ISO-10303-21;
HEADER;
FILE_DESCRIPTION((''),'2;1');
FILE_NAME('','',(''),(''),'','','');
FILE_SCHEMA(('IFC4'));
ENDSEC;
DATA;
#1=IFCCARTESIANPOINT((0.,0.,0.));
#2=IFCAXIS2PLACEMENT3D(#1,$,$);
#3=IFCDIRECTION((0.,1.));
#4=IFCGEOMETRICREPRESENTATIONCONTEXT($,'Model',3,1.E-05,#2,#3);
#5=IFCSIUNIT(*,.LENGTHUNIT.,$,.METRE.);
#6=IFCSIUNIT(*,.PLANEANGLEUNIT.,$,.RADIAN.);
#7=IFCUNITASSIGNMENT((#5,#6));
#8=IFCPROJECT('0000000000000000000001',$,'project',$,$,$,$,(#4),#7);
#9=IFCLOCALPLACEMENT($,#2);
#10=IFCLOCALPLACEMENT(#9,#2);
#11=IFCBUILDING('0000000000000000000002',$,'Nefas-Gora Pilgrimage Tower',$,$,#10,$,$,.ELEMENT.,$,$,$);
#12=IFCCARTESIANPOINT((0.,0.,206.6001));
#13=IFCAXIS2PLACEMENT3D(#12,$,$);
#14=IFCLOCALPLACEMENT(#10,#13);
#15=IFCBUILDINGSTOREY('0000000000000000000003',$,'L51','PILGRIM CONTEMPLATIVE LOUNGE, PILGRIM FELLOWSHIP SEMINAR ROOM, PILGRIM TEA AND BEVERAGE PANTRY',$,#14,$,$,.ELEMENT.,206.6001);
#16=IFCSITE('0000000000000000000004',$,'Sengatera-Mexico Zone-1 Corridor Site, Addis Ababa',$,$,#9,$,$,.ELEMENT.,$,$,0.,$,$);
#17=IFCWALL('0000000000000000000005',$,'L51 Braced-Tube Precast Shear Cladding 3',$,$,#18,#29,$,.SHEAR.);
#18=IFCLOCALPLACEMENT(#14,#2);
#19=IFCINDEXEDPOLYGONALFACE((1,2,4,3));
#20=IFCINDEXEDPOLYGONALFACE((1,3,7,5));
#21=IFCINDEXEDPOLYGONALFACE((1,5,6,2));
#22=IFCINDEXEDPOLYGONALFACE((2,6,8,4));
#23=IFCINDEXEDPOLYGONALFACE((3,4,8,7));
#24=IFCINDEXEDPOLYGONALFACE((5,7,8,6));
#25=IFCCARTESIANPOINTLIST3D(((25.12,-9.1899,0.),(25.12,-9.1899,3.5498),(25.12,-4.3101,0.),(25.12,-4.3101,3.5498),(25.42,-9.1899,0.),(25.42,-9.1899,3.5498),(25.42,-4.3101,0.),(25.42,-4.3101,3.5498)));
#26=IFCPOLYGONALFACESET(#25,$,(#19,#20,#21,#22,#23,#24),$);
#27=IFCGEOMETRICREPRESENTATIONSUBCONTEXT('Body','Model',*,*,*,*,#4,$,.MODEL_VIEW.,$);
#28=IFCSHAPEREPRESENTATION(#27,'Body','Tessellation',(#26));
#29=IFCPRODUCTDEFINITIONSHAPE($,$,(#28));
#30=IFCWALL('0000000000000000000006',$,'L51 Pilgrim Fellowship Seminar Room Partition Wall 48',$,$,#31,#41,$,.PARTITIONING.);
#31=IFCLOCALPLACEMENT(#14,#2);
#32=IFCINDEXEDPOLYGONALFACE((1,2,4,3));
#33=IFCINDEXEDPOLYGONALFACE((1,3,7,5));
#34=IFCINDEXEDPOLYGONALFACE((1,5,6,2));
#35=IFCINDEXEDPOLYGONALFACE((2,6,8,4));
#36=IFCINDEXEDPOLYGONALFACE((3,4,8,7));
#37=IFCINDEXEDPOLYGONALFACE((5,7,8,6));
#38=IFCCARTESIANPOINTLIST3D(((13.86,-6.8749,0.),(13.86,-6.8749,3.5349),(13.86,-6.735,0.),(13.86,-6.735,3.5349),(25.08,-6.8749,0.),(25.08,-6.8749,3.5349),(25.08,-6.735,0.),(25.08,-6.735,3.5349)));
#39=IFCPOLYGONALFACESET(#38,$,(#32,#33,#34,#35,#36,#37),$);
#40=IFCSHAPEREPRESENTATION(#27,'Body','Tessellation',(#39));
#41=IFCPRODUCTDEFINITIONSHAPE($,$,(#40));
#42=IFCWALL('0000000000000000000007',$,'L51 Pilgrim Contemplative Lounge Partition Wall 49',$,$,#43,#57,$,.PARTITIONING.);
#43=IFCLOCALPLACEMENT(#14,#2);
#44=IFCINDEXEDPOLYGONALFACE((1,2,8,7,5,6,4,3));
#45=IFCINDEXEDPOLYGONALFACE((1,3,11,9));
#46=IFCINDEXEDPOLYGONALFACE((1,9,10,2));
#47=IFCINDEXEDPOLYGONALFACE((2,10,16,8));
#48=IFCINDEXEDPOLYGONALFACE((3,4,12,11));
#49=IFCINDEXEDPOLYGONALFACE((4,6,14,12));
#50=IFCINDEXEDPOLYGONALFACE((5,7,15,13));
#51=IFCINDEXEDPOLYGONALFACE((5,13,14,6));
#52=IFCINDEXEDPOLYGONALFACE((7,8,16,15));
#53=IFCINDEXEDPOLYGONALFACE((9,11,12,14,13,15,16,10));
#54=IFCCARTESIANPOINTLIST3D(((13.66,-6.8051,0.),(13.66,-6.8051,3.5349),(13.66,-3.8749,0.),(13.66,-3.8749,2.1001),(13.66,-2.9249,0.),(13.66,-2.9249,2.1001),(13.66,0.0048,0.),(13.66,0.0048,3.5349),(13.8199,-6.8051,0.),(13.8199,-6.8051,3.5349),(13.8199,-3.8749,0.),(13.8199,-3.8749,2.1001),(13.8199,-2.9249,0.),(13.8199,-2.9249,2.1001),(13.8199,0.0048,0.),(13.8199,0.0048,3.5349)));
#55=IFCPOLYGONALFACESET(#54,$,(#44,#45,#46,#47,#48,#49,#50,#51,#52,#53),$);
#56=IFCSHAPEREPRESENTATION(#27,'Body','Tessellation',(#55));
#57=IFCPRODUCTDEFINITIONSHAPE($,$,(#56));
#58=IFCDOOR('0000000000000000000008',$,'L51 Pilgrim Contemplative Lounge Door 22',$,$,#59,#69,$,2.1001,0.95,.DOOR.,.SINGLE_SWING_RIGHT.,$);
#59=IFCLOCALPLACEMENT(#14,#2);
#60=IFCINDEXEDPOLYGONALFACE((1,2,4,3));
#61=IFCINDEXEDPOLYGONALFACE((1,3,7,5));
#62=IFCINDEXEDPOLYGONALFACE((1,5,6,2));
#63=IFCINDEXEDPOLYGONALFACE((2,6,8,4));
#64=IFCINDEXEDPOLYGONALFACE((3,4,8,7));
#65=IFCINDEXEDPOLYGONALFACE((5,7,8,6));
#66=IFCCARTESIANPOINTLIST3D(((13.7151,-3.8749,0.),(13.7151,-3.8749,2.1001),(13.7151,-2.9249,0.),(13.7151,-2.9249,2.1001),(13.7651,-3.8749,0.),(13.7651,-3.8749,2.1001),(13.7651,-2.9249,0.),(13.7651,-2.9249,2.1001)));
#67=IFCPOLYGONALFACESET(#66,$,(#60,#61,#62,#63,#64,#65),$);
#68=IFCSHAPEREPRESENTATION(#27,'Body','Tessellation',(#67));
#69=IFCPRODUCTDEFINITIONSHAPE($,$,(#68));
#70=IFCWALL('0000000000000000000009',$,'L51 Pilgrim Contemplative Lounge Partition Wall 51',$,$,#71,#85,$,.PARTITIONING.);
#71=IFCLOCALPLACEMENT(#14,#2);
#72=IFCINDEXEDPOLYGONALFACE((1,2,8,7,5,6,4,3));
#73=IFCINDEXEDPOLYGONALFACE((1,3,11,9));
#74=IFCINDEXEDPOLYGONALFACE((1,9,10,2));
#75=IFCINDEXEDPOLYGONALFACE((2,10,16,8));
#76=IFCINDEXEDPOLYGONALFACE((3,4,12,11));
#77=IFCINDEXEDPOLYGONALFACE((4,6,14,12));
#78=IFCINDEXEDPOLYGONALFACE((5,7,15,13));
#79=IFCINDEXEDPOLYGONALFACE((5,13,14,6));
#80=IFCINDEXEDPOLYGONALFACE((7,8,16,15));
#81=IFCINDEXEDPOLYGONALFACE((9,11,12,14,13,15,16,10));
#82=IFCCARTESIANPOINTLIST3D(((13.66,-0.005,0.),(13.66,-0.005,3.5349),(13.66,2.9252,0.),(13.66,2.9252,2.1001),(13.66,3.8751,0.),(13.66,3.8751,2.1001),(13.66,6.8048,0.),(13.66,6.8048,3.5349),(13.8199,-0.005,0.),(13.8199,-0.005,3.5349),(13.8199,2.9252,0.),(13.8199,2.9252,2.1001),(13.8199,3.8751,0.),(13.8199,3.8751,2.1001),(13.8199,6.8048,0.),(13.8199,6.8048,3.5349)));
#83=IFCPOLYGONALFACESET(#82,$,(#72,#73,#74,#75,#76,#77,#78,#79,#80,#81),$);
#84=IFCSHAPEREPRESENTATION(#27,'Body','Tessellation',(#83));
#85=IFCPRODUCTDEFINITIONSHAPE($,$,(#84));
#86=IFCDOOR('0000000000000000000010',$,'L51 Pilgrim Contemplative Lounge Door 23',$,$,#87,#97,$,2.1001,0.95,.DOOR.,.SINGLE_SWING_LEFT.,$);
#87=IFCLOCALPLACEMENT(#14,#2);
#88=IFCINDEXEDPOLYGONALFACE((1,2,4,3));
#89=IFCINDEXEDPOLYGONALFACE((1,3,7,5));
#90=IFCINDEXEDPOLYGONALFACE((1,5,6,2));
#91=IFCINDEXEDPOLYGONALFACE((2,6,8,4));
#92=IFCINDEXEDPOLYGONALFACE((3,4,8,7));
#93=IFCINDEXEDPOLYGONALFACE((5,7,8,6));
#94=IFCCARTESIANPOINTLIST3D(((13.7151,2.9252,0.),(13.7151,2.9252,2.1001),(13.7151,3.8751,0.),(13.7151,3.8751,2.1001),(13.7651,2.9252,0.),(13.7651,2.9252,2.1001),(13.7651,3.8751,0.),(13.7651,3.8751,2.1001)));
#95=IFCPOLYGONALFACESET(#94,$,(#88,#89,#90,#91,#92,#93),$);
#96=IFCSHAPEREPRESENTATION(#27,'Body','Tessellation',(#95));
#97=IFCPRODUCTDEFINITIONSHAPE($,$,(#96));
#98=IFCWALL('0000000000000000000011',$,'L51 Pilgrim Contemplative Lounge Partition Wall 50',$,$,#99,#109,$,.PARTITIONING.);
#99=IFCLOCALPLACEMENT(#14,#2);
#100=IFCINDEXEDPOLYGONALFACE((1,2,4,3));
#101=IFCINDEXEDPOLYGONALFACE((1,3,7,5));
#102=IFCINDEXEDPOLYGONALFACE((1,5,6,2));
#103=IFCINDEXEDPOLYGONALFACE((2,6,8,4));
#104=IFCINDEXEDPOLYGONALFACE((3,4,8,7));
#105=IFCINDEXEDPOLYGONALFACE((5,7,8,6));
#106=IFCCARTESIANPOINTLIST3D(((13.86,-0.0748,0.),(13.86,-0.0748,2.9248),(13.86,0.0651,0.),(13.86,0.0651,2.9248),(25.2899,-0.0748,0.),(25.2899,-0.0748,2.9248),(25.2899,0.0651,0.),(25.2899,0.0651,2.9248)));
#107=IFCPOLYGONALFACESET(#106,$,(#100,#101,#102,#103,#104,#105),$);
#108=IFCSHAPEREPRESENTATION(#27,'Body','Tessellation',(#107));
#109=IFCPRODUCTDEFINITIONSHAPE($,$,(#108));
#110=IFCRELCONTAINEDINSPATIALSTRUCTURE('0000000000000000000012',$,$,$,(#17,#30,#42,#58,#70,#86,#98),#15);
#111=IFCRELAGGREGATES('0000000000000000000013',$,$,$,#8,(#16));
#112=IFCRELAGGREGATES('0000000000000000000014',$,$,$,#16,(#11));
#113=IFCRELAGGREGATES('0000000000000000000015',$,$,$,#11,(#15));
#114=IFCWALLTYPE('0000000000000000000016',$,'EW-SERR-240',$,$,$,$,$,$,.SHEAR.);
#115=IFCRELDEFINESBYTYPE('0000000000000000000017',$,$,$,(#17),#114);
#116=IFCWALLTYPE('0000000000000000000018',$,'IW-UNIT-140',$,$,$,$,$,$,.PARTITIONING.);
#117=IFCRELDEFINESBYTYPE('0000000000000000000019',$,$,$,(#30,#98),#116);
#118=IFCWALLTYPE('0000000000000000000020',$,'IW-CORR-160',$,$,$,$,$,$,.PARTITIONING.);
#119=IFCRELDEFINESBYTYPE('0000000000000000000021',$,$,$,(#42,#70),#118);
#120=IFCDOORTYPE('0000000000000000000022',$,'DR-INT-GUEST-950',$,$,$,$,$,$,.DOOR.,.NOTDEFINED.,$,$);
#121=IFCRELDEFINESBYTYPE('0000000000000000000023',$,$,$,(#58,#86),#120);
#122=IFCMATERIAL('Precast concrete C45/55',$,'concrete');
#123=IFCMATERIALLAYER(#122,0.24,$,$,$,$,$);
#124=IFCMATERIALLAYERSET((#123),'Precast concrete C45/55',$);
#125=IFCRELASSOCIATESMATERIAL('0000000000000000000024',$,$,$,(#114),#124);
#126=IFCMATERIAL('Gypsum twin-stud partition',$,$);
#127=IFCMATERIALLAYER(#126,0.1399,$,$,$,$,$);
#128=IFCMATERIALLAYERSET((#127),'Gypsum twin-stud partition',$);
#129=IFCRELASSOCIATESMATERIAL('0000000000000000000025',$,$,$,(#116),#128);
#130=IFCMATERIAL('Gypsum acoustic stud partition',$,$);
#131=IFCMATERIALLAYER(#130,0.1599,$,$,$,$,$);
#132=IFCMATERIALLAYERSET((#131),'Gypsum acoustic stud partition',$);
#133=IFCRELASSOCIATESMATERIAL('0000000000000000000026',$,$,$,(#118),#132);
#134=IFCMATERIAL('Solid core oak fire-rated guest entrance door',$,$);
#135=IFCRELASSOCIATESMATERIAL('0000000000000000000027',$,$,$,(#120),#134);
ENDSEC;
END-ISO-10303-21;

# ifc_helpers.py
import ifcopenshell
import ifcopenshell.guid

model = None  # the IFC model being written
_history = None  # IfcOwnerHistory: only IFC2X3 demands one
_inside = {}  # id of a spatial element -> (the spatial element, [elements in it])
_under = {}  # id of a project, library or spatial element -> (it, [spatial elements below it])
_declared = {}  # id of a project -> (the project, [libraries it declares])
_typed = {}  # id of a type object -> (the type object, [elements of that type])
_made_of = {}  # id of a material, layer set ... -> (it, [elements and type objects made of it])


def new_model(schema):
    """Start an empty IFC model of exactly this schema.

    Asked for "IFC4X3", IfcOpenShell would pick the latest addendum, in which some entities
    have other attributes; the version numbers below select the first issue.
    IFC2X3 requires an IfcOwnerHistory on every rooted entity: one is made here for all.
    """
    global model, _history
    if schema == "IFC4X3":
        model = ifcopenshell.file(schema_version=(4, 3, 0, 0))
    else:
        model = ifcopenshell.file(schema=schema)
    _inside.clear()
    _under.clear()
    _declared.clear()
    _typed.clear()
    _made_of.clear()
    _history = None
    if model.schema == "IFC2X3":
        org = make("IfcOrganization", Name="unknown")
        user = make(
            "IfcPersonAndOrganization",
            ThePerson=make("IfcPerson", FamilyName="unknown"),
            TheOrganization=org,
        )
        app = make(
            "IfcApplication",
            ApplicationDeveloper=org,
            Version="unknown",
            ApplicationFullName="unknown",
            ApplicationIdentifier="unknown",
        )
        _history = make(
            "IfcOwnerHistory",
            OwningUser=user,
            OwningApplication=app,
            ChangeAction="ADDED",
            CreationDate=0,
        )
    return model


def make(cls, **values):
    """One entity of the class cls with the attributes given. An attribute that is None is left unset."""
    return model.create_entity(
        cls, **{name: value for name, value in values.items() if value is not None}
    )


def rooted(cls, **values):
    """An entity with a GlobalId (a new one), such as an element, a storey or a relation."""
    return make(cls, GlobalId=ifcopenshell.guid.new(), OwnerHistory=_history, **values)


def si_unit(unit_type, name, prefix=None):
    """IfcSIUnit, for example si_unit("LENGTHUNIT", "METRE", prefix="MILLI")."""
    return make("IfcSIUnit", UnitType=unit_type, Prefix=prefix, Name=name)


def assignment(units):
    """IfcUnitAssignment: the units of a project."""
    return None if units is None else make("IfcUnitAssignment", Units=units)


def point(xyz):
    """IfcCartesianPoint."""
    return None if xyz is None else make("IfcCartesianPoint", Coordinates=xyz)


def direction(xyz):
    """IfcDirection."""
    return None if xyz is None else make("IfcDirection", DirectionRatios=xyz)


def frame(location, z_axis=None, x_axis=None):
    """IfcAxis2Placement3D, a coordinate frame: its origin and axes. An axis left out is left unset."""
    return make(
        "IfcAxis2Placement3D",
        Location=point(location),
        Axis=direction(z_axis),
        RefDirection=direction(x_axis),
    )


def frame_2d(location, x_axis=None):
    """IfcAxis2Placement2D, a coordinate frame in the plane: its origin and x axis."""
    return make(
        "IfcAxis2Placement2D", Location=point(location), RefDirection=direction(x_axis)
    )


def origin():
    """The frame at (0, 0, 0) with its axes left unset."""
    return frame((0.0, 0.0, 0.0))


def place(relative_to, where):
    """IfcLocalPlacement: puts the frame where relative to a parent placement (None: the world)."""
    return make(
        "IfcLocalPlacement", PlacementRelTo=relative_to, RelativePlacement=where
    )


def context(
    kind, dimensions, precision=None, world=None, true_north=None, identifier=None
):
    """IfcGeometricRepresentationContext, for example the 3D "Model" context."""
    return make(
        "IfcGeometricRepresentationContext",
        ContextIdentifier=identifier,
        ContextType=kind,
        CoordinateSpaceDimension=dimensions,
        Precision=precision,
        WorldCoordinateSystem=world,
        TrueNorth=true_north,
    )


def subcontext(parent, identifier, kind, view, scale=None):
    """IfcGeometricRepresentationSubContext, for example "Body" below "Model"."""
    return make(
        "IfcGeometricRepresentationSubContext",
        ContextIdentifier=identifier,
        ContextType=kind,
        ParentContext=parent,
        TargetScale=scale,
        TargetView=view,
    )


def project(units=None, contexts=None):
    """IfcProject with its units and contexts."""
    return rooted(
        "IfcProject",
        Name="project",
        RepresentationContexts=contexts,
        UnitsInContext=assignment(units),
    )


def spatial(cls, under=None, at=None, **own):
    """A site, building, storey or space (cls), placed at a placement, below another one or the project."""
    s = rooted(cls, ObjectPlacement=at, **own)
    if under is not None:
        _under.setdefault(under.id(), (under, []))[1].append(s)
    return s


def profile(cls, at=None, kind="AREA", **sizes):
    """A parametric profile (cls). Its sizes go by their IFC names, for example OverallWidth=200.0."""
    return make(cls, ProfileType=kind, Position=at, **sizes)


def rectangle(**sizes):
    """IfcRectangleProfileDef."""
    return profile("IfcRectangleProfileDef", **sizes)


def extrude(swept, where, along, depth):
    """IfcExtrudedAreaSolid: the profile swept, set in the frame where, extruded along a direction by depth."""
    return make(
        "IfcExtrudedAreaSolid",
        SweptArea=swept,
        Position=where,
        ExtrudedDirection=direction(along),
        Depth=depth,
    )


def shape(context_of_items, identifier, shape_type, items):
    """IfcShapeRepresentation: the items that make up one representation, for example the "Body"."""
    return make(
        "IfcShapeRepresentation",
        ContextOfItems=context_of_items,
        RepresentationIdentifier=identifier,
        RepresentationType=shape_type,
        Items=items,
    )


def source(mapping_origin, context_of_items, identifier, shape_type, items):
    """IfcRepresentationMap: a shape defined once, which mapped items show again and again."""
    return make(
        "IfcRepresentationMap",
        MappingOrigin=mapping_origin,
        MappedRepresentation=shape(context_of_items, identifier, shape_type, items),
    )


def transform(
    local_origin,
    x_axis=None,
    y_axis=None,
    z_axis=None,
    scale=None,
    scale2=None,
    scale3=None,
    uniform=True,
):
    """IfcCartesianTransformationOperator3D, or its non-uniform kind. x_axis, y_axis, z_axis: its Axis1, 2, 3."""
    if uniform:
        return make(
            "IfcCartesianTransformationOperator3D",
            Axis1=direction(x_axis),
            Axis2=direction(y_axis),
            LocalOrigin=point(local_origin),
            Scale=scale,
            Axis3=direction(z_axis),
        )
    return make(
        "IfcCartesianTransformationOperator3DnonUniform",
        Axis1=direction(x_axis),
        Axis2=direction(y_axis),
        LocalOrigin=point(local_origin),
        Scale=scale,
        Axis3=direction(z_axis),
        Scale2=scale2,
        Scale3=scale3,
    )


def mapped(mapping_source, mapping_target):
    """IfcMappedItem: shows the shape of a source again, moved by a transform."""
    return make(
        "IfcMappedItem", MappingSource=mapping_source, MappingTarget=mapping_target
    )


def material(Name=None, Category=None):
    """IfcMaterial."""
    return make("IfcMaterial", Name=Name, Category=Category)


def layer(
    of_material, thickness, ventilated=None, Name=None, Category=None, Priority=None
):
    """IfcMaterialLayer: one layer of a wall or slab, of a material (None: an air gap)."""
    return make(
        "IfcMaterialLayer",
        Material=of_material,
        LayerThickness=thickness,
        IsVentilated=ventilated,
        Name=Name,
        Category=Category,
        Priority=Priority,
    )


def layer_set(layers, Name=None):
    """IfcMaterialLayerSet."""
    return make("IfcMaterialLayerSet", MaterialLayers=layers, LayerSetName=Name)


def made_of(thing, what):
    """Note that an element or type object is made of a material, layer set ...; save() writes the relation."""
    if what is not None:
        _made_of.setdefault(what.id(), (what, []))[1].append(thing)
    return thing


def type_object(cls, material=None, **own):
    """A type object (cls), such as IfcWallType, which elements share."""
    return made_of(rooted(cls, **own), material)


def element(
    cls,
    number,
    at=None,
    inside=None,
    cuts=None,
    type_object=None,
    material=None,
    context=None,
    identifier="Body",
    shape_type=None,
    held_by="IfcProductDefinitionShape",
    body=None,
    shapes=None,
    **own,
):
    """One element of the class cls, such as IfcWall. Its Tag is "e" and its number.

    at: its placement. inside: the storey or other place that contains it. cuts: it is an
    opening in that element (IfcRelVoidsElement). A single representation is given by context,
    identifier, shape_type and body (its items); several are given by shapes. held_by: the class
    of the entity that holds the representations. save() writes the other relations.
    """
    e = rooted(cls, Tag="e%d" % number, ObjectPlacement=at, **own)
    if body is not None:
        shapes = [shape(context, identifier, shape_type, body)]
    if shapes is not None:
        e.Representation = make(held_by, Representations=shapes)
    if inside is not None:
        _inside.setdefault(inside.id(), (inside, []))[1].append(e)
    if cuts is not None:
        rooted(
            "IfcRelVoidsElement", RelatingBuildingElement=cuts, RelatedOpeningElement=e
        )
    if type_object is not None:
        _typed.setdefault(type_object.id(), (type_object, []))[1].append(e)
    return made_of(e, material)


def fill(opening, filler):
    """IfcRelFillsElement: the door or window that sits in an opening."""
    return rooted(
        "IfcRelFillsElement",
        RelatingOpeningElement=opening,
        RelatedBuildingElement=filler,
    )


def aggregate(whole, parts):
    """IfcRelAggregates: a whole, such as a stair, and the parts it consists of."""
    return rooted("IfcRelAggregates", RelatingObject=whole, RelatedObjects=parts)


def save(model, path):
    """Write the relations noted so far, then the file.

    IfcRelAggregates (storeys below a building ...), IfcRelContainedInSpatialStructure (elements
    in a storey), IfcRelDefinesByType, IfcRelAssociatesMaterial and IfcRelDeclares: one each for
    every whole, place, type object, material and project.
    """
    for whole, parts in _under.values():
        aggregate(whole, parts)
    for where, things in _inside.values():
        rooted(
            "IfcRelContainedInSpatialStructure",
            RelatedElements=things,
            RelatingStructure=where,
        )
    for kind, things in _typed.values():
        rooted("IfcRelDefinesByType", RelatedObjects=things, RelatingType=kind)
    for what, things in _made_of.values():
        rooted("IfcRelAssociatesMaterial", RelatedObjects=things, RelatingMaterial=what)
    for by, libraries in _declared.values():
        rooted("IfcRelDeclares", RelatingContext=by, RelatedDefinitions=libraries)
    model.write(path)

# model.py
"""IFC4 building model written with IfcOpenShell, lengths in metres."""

from ifc_helpers import new_model, si_unit, direction, frame, frame_2d, origin, place, context, subcontext, project, spatial, rectangle, extrude, source, transform, mapped, material, layer, layer_set, type_object, element, fill, save


model = new_model("IFC4")

# Units and contexts
model_context = context("Model", 3, precision=1e-05, world=origin(), true_north=direction((0.0, 1.0)))
body_context = subcontext(model_context, "Body", "Model", "MODEL_VIEW")
ifc_project = project(units=[si_unit("LENGTHUNIT", "METRE"), si_unit("PLANEANGLEUNIT", "RADIAN")], contexts=[model_context])

# Site, building, storey
site_placement = place(None, origin())
site = spatial("IfcSite", under=ifc_project, at=site_placement, Name="Sengatera-Mexico Zone-1 Corridor Site, Addis Ababa", CompositionType="ELEMENT", RefElevation=0.0)
building_placement = place(site_placement, origin())
building = spatial("IfcBuilding", under=site, at=building_placement, Name="Nefas-Gora Pilgrimage Tower", CompositionType="ELEMENT")
storey_placement = place(building_placement, frame((0.0, 0.0, 206.6001)))
storey = spatial("IfcBuildingStorey", under=building, at=storey_placement, Name="L51", Description="PILGRIM CONTEMPLATIVE LOUNGE, PILGRIM FELLOWSHIP SEMINAR ROOM, PILGRIM TEA AND BEVERAGE PANTRY", CompositionType="ELEMENT", Elevation=206.6001)

# Walls
ifc_material_1 = material(Name="Precast concrete C45/55", Category="concrete")
ifc_layer_1 = layer(ifc_material_1, 0.24)
ifc_layer_set_1 = layer_set([ifc_layer_1], Name="Precast concrete C45/55")
wall_type_1 = type_object("IfcWallType", Name="EW-SERR-240", PredefinedType="SHEAR", material=ifc_layer_set_1)
shared_shape_1 = source(origin(), body_context, "Body", "SweptSolid", [
    extrude(rectangle(XDim=4.8799, YDim=0.3, at=frame_2d((2.4399, 0.0))), origin(), (0.0, 0.0, 1.0), 3.5498),
])
wall_1_placement = place(storey_placement, frame((25.27, -9.1899, 0.0), z_axis=(0.0, 0.0, 1.0), x_axis=(0.0, 1.0, 0.0)))
element("IfcWall", 1, at=wall_1_placement, inside=storey, type_object=wall_type_1, Name="L51 Braced-Tube Precast Shear Cladding 3", PredefinedType="SHEAR", context=body_context, shape_type="MappedRepresentation", body=[
    mapped(shared_shape_1, transform((0.0, 0.0, 0.0), x_axis=(1.0, 0.0, 0.0), y_axis=(0.0, 1.0, 0.0), z_axis=(0.0, 0.0, 1.0), scale=1.0)),
])
ifc_material_2 = material(Name="Gypsum twin-stud partition")
ifc_layer_2 = layer(ifc_material_2, 0.1399)
ifc_layer_set_2 = layer_set([ifc_layer_2], Name="Gypsum twin-stud partition")
wall_type_2 = type_object("IfcWallType", Name="IW-UNIT-140", PredefinedType="PARTITIONING", material=ifc_layer_set_2)
shared_shape_2 = source(origin(), body_context, "Body", "SweptSolid", [
    extrude(rectangle(XDim=11.22, YDim=0.1399, at=frame_2d((5.6099, 0.0))), origin(), (0.0, 0.0, 1.0), 3.5349),
])
wall_2_placement = place(storey_placement, frame((13.8601, -6.8049, 0.0), z_axis=(0.0, 0.0, 1.0), x_axis=(1.0, 0.0, 0.0)))
element("IfcWall", 2, at=wall_2_placement, inside=storey, type_object=wall_type_2, Name="L51 Pilgrim Fellowship Seminar Room Partition Wall 48", PredefinedType="PARTITIONING", context=body_context, shape_type="MappedRepresentation", body=[
    mapped(shared_shape_2, transform((0.0, 0.0, 0.0), x_axis=(1.0, 0.0, 0.0), y_axis=(0.0, 1.0, 0.0), z_axis=(0.0, 0.0, 1.0), scale=1.0)),
])

# Walls, openings, doors
ifc_material_3 = material(Name="Gypsum acoustic stud partition")
ifc_layer_3 = layer(ifc_material_3, 0.1599)
ifc_layer_set_3 = layer_set([ifc_layer_3], Name="Gypsum acoustic stud partition")
wall_type_3 = type_object("IfcWallType", Name="IW-CORR-160", PredefinedType="PARTITIONING", material=ifc_layer_set_3)
shared_shape_3 = source(origin(), body_context, "Body", "SweptSolid", [
    extrude(rectangle(XDim=6.8098, YDim=0.1599, at=frame_2d((3.4048, 0.0))), origin(), (0.0, 0.0, 1.0), 3.5349),
])
wall_3_placement = place(storey_placement, frame((13.74, -6.8049, 0.0), z_axis=(0.0, 0.0, 1.0), x_axis=(0.0, 1.0, 0.0)))
wall_3 = element("IfcWall", 3, at=wall_3_placement, inside=storey, type_object=wall_type_3, Name="L51 Pilgrim Contemplative Lounge Partition Wall 49", PredefinedType="PARTITIONING", context=body_context, shape_type="MappedRepresentation", body=[
    mapped(shared_shape_3, transform((0.0, 0.0, 0.0), x_axis=(1.0, 0.0, 0.0), y_axis=(0.0, 1.0, 0.0), z_axis=(0.0, 0.0, 1.0), scale=1.0)),
])
opening_1_placement = place(wall_3_placement, frame((2.9299, 0.0, 0.0)))
opening_1 = element("IfcOpeningElement", 4, at=opening_1_placement, cuts=wall_3, PredefinedType="OPENING", context=body_context, shape_type="SweptSolid", body=[
    extrude(rectangle(XDim=0.95, YDim=2.1001, at=frame_2d((0.4751, 1.05))), frame((0.0, 0.0898, 0.0), z_axis=(0.0, -1.0, 0.0), x_axis=(1.0, 0.0, 0.0)), (0.0, 0.0, 1.0), 0.1799),
])
ifc_material_4 = material(Name="Solid core oak fire-rated guest entrance door")
door_type_1 = type_object("IfcDoorType", Name="DR-INT-GUEST-950", OperationType="NOTDEFINED", PredefinedType="DOOR", material=ifc_material_4)
shared_shape_4 = source(origin(), body_context, "Body", "SweptSolid", [
    extrude(rectangle(XDim=0.95, YDim=2.1001, at=frame_2d((0.4751, 1.05))), frame((0.0, 0.0249, 0.0), z_axis=(0.0, -1.0, 0.0), x_axis=(1.0, 0.0, 0.0)), (0.0, 0.0, 1.0), 0.05),
])
door_1_placement = place(opening_1_placement, origin())
door_1 = element("IfcDoor", 5, at=door_1_placement, inside=storey, type_object=door_type_1, Name="L51 Pilgrim Contemplative Lounge Door 22", OperationType="SINGLE_SWING_RIGHT", OverallHeight=2.1001, OverallWidth=0.95, PredefinedType="DOOR", context=body_context, shape_type="MappedRepresentation", body=[
    mapped(shared_shape_4, transform((0.0, 0.0, 0.0), x_axis=(1.0, 0.0, 0.0), y_axis=(0.0, 1.0, 0.0), z_axis=(0.0, 0.0, 1.0), scale=1.0)),
])
fill(opening_1, door_1)
wall_4_placement = place(storey_placement, frame((13.74, -0.0049, 0.0), z_axis=(0.0, 0.0, 1.0), x_axis=(0.0, 1.0, 0.0)))
wall_4 = element("IfcWall", 6, at=wall_4_placement, inside=storey, type_object=wall_type_3, Name="L51 Pilgrim Contemplative Lounge Partition Wall 51", PredefinedType="PARTITIONING", context=body_context, shape_type="MappedRepresentation", body=[
    mapped(shared_shape_3, transform((0.0, 0.0, 0.0), x_axis=(1.0, 0.0, 0.0), y_axis=(0.0, 1.0, 0.0), z_axis=(0.0, 0.0, 1.0), scale=1.0)),
])
opening_2_placement = place(wall_4_placement, frame((2.9299, 0.0, 0.0)))
opening_2 = element("IfcOpeningElement", 7, at=opening_2_placement, cuts=wall_4, PredefinedType="OPENING", context=body_context, shape_type="SweptSolid", body=[
    extrude(rectangle(XDim=0.95, YDim=2.1001, at=frame_2d((0.4751, 1.05))), frame((0.0, 0.0898, 0.0), z_axis=(0.0, -1.0, 0.0), x_axis=(1.0, 0.0, 0.0)), (0.0, 0.0, 1.0), 0.1799),
])
door_2_placement = place(opening_2_placement, origin())
door_2 = element("IfcDoor", 8, at=door_2_placement, inside=storey, type_object=door_type_1, Name="L51 Pilgrim Contemplative Lounge Door 23", OperationType="SINGLE_SWING_LEFT", OverallHeight=2.1001, OverallWidth=0.95, PredefinedType="DOOR", context=body_context, shape_type="MappedRepresentation", body=[
    mapped(shared_shape_4, transform((0.0, 0.0, 0.0), x_axis=(1.0, 0.0, 0.0), y_axis=(0.0, 1.0, 0.0), z_axis=(0.0, 0.0, 1.0), scale=1.0)),
])
fill(opening_2, door_2)

# Wall
shared_shape_5 = source(origin(), body_context, "Body", "SweptSolid", [
    extrude(rectangle(XDim=11.4299, YDim=0.1399, at=frame_2d((5.7148, 0.0))), origin(), (0.0, 0.0, 1.0), 2.9248),
])
wall_5_placement = place(storey_placement, frame((13.8601, -0.0049, 0.0), z_axis=(0.0, 0.0, 1.0), x_axis=(1.0, 0.0, 0.0)))
element("IfcWall", 9, at=wall_5_placement, inside=storey, type_object=wall_type_2, Name="L51 Pilgrim Contemplative Lounge Partition Wall 50", PredefinedType="PARTITIONING", context=body_context, shape_type="MappedRepresentation", body=[
    mapped(shared_shape_5, transform((0.0, 0.0, 0.0), x_axis=(1.0, 0.0, 0.0), y_axis=(0.0, 1.0, 0.0), z_axis=(0.0, 0.0, 1.0), scale=1.0)),
])

save(model, "model.ifc")
